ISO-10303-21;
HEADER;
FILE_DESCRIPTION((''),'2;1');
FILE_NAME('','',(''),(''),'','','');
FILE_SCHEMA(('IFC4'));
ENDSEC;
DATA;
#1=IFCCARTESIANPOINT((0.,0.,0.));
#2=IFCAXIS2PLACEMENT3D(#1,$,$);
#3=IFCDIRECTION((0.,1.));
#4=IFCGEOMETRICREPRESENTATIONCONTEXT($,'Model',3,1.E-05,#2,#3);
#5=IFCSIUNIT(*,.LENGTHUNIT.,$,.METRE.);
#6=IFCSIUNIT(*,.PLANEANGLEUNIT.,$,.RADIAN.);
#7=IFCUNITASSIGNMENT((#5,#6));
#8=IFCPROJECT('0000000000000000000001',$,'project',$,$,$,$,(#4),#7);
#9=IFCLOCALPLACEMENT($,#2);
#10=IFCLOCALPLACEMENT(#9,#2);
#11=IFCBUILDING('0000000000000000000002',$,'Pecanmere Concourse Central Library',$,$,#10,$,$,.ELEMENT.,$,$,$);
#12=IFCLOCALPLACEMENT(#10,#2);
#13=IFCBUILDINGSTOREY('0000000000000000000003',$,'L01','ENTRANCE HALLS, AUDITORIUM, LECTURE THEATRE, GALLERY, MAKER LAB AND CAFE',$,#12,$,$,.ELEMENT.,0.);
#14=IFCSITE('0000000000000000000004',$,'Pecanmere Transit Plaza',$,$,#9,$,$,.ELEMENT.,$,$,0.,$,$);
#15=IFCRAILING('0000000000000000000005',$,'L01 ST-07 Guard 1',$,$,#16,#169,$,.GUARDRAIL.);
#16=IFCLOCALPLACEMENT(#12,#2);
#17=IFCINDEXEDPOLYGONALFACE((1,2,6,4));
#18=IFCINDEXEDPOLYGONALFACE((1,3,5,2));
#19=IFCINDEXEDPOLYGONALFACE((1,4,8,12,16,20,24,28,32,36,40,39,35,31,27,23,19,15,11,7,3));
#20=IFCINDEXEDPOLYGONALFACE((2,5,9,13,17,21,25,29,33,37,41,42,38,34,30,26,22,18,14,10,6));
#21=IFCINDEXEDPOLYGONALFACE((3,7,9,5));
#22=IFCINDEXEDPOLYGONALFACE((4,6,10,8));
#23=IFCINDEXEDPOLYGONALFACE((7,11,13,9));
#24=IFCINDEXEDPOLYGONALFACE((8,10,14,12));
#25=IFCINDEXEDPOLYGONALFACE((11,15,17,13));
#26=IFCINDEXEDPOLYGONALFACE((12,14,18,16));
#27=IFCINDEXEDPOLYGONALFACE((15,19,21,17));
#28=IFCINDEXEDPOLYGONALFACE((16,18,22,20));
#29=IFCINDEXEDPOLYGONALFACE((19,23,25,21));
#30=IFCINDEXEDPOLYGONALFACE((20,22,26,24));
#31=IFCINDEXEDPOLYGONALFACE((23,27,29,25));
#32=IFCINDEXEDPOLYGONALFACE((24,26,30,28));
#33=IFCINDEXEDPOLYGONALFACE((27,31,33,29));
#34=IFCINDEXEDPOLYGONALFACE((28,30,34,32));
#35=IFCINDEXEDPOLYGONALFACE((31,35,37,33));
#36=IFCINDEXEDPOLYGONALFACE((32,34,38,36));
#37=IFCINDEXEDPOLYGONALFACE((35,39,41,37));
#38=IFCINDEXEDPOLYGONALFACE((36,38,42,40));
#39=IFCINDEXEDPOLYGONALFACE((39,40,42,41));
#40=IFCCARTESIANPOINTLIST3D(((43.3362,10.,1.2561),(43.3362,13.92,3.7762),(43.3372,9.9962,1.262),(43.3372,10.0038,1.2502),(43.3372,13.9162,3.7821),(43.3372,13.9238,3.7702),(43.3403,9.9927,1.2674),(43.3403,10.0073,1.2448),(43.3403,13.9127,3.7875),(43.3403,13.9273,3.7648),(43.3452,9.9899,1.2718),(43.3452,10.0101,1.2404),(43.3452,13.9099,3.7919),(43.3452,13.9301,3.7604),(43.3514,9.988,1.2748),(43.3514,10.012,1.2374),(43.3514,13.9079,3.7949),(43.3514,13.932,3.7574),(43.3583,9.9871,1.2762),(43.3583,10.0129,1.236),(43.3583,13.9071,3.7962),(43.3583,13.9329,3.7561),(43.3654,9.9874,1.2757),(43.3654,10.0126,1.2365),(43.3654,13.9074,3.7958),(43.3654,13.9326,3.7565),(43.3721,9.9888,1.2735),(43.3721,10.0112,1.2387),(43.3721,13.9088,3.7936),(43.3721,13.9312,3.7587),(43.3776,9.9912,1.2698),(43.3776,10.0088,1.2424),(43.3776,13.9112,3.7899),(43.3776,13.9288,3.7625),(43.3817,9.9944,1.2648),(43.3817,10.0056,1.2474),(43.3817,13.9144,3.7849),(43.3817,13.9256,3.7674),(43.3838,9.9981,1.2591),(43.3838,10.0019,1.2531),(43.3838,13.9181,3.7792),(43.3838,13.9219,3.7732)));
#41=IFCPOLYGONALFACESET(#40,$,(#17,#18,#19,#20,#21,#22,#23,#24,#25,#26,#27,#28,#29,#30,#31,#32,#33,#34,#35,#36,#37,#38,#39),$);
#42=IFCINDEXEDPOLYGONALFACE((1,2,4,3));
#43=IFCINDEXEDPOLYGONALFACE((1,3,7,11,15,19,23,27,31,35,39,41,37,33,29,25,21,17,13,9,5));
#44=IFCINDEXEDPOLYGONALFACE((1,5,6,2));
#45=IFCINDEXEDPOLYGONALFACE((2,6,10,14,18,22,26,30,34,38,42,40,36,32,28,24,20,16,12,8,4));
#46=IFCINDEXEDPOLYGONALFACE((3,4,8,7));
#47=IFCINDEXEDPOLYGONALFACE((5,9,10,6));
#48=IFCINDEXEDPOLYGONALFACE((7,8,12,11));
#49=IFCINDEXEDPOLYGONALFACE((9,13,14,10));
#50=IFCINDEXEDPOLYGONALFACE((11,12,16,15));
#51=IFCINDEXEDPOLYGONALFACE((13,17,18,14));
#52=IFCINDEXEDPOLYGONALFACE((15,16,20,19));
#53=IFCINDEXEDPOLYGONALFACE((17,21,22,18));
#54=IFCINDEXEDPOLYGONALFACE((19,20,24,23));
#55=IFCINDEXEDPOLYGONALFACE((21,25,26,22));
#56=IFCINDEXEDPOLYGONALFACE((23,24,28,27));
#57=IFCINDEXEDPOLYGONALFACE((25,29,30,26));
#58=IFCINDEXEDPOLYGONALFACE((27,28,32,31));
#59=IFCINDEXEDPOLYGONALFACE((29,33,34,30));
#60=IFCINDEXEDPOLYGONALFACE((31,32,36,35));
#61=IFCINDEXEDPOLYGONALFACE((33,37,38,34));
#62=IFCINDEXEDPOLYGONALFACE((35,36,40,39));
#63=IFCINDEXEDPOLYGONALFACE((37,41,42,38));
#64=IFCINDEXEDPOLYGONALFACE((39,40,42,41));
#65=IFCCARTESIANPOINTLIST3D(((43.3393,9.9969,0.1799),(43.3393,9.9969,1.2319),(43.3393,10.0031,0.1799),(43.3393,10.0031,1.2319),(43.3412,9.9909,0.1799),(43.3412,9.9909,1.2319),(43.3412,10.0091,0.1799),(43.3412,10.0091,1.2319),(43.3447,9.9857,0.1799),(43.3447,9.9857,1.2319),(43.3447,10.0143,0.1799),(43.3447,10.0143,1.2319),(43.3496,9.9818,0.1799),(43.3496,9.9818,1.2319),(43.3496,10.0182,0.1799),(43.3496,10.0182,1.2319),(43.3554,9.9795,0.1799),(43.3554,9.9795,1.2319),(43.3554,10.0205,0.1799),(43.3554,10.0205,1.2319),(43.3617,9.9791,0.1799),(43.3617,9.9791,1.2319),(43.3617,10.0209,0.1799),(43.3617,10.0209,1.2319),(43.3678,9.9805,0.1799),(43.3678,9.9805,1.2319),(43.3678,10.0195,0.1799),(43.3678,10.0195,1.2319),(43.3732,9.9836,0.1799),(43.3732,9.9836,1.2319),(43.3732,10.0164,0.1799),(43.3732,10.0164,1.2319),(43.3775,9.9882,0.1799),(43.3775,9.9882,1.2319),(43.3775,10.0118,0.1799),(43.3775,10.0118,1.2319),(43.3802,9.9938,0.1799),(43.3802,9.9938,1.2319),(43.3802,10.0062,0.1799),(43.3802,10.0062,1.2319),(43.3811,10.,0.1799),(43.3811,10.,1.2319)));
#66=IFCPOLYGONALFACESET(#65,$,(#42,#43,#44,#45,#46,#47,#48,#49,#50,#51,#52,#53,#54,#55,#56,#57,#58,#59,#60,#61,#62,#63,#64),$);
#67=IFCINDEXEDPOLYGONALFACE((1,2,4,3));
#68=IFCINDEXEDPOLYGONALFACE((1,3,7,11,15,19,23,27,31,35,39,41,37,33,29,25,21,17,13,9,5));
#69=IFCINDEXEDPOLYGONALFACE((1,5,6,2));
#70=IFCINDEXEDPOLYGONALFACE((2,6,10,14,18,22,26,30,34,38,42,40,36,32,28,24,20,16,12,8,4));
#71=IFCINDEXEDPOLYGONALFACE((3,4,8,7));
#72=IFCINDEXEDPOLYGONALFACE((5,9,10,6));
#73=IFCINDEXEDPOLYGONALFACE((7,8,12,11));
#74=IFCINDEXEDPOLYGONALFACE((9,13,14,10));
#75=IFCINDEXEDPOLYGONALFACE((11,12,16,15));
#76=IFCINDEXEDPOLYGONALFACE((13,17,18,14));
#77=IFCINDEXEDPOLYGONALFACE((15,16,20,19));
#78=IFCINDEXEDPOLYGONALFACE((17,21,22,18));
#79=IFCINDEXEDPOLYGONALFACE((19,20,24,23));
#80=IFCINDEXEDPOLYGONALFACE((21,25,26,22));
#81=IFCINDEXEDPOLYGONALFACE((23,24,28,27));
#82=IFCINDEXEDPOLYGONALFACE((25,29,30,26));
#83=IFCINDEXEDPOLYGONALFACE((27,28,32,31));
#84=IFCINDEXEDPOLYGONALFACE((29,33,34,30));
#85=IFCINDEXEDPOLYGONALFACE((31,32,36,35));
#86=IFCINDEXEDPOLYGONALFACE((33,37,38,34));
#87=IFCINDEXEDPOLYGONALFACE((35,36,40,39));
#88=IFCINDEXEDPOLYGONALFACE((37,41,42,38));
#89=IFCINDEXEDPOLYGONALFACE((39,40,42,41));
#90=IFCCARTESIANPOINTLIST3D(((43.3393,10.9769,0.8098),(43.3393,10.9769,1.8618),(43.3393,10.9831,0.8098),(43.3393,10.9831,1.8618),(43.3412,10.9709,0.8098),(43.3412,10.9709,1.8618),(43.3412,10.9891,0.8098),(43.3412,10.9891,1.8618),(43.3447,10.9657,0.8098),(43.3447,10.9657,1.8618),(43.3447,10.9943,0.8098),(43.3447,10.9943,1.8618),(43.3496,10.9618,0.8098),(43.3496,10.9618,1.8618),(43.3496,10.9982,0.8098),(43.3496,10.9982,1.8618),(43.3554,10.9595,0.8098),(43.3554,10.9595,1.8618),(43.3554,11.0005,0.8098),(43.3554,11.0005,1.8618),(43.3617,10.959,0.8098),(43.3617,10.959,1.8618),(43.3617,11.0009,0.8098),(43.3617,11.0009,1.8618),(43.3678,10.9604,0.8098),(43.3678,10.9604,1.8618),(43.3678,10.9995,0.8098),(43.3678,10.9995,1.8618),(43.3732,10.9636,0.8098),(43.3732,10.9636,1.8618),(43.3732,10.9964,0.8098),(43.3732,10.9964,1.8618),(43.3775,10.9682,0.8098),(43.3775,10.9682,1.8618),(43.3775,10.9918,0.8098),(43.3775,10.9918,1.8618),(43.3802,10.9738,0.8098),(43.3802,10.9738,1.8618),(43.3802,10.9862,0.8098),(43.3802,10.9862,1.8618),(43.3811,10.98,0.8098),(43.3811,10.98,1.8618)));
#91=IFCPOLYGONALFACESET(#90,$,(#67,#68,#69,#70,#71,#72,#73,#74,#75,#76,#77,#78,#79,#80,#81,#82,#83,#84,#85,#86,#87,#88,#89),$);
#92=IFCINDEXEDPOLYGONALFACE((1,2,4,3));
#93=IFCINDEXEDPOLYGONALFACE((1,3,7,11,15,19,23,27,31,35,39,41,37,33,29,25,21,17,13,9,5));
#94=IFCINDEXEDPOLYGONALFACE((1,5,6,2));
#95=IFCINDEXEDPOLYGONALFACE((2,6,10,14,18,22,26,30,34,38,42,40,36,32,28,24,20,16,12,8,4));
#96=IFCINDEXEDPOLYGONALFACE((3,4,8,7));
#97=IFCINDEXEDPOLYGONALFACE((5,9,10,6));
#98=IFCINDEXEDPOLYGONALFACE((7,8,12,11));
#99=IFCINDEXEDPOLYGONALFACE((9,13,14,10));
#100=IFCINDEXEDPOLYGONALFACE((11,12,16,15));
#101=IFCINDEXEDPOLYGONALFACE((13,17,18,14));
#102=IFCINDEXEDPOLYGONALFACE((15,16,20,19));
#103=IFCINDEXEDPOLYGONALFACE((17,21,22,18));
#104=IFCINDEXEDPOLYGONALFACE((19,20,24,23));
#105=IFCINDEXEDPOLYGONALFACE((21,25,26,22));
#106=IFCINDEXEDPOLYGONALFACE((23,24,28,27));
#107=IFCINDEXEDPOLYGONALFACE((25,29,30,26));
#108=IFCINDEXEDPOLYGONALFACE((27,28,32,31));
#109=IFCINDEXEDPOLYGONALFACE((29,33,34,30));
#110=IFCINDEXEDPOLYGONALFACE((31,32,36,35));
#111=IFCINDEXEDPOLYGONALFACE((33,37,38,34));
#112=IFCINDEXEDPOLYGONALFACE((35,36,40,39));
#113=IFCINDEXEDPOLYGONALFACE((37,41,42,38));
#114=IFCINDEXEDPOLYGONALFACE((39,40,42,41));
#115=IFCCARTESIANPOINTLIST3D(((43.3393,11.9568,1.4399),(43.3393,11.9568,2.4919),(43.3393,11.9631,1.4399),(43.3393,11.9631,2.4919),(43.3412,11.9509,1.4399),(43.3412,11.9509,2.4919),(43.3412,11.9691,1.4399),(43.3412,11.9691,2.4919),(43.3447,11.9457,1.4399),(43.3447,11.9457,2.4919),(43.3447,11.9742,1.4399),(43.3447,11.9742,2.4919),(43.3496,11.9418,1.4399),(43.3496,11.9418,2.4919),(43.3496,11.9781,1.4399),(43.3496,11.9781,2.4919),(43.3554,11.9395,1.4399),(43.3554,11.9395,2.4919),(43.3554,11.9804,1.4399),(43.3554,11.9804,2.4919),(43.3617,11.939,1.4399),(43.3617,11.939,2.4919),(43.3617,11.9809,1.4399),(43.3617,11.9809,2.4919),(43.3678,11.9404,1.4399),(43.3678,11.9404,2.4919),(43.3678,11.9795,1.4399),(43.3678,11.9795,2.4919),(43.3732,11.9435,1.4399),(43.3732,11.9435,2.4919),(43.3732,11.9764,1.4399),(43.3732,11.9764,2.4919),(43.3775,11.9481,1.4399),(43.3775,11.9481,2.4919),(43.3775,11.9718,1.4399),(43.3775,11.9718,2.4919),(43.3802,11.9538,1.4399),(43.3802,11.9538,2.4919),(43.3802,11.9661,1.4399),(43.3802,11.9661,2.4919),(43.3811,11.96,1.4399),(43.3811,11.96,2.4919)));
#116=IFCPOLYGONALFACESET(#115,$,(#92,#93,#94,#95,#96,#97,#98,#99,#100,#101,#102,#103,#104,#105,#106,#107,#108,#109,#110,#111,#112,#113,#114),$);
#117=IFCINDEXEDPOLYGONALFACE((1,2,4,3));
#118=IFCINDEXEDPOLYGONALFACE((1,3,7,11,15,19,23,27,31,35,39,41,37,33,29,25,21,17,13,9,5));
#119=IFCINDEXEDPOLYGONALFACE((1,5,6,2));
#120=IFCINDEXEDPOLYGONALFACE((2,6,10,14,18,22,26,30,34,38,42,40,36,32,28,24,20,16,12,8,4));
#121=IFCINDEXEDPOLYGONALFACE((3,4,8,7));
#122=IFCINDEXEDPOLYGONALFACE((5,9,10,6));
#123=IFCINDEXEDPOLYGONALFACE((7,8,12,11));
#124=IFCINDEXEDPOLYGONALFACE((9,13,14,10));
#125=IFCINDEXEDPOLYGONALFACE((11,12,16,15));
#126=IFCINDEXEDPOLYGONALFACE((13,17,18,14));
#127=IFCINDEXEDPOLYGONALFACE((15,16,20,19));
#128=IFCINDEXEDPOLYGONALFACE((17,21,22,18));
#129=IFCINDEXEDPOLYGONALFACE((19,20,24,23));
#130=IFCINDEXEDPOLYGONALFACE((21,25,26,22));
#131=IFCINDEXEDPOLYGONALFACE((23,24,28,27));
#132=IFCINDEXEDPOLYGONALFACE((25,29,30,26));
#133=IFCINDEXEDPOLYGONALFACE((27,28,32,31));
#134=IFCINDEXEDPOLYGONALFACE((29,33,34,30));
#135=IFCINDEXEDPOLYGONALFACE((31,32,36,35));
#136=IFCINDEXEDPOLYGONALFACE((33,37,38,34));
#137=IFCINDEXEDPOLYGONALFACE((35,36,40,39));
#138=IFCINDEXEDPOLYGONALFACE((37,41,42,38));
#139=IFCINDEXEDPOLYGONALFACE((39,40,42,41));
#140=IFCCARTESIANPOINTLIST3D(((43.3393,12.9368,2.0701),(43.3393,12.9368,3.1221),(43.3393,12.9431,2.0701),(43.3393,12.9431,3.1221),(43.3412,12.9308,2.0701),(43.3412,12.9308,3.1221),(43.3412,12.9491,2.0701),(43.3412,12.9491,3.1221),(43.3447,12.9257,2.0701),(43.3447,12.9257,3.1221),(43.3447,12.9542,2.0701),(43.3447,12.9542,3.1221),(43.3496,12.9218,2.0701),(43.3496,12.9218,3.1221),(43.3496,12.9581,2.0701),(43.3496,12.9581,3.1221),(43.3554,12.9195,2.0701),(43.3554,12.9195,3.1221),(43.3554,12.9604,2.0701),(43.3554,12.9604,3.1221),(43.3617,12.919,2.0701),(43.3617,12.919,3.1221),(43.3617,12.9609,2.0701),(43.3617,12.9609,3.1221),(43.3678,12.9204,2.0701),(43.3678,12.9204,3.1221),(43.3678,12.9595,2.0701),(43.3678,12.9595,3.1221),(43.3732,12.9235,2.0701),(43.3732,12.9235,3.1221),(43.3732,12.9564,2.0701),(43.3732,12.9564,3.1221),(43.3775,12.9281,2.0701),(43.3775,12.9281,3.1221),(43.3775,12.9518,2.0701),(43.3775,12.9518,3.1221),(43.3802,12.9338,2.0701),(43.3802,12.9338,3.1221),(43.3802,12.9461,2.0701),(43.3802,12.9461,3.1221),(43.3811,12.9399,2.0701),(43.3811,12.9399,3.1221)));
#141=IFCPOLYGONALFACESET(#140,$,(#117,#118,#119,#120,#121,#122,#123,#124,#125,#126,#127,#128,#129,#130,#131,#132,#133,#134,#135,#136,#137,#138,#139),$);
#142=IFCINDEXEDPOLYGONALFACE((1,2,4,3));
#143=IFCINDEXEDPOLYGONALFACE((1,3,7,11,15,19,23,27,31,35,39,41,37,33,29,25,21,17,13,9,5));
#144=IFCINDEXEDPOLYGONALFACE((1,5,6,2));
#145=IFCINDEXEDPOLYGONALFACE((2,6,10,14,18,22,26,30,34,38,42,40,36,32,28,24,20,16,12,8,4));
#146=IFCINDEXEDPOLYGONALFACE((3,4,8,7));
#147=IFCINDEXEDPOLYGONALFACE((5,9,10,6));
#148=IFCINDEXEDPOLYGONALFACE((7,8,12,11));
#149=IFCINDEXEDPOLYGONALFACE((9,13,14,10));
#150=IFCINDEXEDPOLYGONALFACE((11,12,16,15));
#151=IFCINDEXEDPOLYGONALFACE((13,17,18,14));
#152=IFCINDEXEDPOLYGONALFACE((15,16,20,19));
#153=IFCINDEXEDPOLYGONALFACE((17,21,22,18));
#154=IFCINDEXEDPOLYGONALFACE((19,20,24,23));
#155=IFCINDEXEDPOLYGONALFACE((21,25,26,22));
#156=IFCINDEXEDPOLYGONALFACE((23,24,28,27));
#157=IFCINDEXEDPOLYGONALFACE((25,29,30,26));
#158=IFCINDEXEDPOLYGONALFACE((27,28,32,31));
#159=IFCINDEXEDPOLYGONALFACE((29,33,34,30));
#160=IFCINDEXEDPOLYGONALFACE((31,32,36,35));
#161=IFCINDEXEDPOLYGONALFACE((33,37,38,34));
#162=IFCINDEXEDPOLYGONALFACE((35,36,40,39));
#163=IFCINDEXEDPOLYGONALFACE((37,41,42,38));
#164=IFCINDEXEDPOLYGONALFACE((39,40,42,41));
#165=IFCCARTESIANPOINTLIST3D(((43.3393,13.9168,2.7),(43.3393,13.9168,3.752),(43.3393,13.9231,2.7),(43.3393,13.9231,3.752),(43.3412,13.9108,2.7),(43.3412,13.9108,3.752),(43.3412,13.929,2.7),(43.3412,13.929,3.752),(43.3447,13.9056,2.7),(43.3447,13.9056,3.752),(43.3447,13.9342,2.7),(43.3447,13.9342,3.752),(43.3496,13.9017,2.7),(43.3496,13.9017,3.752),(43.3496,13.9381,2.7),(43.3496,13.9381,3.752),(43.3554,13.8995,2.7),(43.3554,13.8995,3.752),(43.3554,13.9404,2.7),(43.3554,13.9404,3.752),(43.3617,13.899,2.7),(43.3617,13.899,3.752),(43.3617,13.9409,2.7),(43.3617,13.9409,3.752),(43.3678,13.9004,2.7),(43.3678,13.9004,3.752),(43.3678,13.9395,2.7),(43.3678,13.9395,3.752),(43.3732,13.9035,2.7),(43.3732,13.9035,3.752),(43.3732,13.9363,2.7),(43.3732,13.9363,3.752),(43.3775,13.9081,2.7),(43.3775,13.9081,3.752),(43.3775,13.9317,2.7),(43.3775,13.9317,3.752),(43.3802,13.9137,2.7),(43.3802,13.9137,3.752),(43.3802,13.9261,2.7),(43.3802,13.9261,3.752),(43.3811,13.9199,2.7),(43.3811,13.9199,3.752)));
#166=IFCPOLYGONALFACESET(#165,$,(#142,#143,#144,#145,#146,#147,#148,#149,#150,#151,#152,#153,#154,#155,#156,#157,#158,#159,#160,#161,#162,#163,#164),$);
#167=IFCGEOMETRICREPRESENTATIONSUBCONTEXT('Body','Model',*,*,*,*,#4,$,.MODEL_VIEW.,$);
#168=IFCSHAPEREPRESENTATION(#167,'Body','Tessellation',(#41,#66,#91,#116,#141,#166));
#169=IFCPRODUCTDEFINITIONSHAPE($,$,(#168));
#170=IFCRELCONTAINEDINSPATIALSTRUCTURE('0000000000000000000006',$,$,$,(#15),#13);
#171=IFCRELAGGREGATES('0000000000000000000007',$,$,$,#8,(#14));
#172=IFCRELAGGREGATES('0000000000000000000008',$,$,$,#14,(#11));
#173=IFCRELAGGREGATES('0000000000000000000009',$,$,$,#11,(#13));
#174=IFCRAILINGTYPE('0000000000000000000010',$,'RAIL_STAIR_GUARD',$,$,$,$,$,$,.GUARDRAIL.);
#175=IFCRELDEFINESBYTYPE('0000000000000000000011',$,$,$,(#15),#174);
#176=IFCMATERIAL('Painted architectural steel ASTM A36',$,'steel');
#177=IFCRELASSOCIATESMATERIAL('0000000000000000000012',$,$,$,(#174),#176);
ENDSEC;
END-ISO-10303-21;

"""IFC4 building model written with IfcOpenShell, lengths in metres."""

from ifc_helpers import new_model, si_unit, direction, frame, origin, origin_2d, place, context, subcontext, project, spatial, circle, extrude, material, type_object, element, save


model = new_model("IFC4")

# Units and contexts
model_context = context("Model", 3, precision=1e-05, world=origin(), true_north=direction((0.0, 1.0)))
body_context = subcontext(model_context, "Body", "Model", "MODEL_VIEW")
ifc_project = project(units=[si_unit("LENGTHUNIT", "METRE"), si_unit("PLANEANGLEUNIT", "RADIAN")], contexts=[model_context])

# Site, building, storey
site_placement = place(None, origin())
site = spatial("IfcSite", under=ifc_project, at=site_placement, Name="Pecanmere Transit Plaza", CompositionType="ELEMENT", RefElevation=0.0)
building_placement = place(site_placement, origin())
building = spatial("IfcBuilding", under=site, at=building_placement, Name="Pecanmere Concourse Central Library", CompositionType="ELEMENT")
storey_placement = place(building_placement, origin())
storey = spatial("IfcBuildingStorey", under=building, at=storey_placement, Name="L01", Description="ENTRANCE HALLS, AUDITORIUM, LECTURE THEATRE, GALLERY, MAKER LAB AND CAFE", CompositionType="ELEMENT", Elevation=0.0)

# Railing
ifc_material_1 = material(Name="Painted architectural steel ASTM A36", Category="steel")
railing_type_1 = type_object("IfcRailingType", Name="RAIL_STAIR_GUARD", PredefinedType="GUARDRAIL", material=ifc_material_1)
railing_1_placement = place(storey_placement, frame((43.3601, 10.0, 0.1799)))
element("IfcRailing", 1, at=railing_1_placement, inside=storey, type_object=railing_type_1, Name="L01 ST-07 Guard 1", PredefinedType="GUARDRAIL", context=body_context, shape_type="SweptSolid", body=[
    extrude(circle(Radius=0.0239, at=origin_2d()), frame((0.0, 0.0, 1.0762), z_axis=(0.0, 0.841172, 0.540768), x_axis=(-1.0, 0.0, 0.0)), (0.0, 0.0, 1.0), 4.6602),
    extrude(circle(Radius=0.021, at=origin_2d()), origin(), (0.0, 0.0, 1.0), 1.052),
    extrude(circle(Radius=0.021, at=origin_2d()), frame((0.0, 0.98, 0.6299)), (0.0, 0.0, 1.0), 1.052),
    extrude(circle(Radius=0.021, at=origin_2d()), frame((0.0, 1.96, 1.26)), (0.0, 0.0, 1.0), 1.052),
    extrude(circle(Radius=0.021, at=origin_2d()), frame((0.0, 2.9399, 1.8901)), (0.0, 0.0, 1.0), 1.052),
    extrude(circle(Radius=0.021, at=origin_2d()), frame((0.0, 3.9199, 2.52)), (0.0, 0.0, 1.0), 1.052),
])

save(model, "model.ifc")
